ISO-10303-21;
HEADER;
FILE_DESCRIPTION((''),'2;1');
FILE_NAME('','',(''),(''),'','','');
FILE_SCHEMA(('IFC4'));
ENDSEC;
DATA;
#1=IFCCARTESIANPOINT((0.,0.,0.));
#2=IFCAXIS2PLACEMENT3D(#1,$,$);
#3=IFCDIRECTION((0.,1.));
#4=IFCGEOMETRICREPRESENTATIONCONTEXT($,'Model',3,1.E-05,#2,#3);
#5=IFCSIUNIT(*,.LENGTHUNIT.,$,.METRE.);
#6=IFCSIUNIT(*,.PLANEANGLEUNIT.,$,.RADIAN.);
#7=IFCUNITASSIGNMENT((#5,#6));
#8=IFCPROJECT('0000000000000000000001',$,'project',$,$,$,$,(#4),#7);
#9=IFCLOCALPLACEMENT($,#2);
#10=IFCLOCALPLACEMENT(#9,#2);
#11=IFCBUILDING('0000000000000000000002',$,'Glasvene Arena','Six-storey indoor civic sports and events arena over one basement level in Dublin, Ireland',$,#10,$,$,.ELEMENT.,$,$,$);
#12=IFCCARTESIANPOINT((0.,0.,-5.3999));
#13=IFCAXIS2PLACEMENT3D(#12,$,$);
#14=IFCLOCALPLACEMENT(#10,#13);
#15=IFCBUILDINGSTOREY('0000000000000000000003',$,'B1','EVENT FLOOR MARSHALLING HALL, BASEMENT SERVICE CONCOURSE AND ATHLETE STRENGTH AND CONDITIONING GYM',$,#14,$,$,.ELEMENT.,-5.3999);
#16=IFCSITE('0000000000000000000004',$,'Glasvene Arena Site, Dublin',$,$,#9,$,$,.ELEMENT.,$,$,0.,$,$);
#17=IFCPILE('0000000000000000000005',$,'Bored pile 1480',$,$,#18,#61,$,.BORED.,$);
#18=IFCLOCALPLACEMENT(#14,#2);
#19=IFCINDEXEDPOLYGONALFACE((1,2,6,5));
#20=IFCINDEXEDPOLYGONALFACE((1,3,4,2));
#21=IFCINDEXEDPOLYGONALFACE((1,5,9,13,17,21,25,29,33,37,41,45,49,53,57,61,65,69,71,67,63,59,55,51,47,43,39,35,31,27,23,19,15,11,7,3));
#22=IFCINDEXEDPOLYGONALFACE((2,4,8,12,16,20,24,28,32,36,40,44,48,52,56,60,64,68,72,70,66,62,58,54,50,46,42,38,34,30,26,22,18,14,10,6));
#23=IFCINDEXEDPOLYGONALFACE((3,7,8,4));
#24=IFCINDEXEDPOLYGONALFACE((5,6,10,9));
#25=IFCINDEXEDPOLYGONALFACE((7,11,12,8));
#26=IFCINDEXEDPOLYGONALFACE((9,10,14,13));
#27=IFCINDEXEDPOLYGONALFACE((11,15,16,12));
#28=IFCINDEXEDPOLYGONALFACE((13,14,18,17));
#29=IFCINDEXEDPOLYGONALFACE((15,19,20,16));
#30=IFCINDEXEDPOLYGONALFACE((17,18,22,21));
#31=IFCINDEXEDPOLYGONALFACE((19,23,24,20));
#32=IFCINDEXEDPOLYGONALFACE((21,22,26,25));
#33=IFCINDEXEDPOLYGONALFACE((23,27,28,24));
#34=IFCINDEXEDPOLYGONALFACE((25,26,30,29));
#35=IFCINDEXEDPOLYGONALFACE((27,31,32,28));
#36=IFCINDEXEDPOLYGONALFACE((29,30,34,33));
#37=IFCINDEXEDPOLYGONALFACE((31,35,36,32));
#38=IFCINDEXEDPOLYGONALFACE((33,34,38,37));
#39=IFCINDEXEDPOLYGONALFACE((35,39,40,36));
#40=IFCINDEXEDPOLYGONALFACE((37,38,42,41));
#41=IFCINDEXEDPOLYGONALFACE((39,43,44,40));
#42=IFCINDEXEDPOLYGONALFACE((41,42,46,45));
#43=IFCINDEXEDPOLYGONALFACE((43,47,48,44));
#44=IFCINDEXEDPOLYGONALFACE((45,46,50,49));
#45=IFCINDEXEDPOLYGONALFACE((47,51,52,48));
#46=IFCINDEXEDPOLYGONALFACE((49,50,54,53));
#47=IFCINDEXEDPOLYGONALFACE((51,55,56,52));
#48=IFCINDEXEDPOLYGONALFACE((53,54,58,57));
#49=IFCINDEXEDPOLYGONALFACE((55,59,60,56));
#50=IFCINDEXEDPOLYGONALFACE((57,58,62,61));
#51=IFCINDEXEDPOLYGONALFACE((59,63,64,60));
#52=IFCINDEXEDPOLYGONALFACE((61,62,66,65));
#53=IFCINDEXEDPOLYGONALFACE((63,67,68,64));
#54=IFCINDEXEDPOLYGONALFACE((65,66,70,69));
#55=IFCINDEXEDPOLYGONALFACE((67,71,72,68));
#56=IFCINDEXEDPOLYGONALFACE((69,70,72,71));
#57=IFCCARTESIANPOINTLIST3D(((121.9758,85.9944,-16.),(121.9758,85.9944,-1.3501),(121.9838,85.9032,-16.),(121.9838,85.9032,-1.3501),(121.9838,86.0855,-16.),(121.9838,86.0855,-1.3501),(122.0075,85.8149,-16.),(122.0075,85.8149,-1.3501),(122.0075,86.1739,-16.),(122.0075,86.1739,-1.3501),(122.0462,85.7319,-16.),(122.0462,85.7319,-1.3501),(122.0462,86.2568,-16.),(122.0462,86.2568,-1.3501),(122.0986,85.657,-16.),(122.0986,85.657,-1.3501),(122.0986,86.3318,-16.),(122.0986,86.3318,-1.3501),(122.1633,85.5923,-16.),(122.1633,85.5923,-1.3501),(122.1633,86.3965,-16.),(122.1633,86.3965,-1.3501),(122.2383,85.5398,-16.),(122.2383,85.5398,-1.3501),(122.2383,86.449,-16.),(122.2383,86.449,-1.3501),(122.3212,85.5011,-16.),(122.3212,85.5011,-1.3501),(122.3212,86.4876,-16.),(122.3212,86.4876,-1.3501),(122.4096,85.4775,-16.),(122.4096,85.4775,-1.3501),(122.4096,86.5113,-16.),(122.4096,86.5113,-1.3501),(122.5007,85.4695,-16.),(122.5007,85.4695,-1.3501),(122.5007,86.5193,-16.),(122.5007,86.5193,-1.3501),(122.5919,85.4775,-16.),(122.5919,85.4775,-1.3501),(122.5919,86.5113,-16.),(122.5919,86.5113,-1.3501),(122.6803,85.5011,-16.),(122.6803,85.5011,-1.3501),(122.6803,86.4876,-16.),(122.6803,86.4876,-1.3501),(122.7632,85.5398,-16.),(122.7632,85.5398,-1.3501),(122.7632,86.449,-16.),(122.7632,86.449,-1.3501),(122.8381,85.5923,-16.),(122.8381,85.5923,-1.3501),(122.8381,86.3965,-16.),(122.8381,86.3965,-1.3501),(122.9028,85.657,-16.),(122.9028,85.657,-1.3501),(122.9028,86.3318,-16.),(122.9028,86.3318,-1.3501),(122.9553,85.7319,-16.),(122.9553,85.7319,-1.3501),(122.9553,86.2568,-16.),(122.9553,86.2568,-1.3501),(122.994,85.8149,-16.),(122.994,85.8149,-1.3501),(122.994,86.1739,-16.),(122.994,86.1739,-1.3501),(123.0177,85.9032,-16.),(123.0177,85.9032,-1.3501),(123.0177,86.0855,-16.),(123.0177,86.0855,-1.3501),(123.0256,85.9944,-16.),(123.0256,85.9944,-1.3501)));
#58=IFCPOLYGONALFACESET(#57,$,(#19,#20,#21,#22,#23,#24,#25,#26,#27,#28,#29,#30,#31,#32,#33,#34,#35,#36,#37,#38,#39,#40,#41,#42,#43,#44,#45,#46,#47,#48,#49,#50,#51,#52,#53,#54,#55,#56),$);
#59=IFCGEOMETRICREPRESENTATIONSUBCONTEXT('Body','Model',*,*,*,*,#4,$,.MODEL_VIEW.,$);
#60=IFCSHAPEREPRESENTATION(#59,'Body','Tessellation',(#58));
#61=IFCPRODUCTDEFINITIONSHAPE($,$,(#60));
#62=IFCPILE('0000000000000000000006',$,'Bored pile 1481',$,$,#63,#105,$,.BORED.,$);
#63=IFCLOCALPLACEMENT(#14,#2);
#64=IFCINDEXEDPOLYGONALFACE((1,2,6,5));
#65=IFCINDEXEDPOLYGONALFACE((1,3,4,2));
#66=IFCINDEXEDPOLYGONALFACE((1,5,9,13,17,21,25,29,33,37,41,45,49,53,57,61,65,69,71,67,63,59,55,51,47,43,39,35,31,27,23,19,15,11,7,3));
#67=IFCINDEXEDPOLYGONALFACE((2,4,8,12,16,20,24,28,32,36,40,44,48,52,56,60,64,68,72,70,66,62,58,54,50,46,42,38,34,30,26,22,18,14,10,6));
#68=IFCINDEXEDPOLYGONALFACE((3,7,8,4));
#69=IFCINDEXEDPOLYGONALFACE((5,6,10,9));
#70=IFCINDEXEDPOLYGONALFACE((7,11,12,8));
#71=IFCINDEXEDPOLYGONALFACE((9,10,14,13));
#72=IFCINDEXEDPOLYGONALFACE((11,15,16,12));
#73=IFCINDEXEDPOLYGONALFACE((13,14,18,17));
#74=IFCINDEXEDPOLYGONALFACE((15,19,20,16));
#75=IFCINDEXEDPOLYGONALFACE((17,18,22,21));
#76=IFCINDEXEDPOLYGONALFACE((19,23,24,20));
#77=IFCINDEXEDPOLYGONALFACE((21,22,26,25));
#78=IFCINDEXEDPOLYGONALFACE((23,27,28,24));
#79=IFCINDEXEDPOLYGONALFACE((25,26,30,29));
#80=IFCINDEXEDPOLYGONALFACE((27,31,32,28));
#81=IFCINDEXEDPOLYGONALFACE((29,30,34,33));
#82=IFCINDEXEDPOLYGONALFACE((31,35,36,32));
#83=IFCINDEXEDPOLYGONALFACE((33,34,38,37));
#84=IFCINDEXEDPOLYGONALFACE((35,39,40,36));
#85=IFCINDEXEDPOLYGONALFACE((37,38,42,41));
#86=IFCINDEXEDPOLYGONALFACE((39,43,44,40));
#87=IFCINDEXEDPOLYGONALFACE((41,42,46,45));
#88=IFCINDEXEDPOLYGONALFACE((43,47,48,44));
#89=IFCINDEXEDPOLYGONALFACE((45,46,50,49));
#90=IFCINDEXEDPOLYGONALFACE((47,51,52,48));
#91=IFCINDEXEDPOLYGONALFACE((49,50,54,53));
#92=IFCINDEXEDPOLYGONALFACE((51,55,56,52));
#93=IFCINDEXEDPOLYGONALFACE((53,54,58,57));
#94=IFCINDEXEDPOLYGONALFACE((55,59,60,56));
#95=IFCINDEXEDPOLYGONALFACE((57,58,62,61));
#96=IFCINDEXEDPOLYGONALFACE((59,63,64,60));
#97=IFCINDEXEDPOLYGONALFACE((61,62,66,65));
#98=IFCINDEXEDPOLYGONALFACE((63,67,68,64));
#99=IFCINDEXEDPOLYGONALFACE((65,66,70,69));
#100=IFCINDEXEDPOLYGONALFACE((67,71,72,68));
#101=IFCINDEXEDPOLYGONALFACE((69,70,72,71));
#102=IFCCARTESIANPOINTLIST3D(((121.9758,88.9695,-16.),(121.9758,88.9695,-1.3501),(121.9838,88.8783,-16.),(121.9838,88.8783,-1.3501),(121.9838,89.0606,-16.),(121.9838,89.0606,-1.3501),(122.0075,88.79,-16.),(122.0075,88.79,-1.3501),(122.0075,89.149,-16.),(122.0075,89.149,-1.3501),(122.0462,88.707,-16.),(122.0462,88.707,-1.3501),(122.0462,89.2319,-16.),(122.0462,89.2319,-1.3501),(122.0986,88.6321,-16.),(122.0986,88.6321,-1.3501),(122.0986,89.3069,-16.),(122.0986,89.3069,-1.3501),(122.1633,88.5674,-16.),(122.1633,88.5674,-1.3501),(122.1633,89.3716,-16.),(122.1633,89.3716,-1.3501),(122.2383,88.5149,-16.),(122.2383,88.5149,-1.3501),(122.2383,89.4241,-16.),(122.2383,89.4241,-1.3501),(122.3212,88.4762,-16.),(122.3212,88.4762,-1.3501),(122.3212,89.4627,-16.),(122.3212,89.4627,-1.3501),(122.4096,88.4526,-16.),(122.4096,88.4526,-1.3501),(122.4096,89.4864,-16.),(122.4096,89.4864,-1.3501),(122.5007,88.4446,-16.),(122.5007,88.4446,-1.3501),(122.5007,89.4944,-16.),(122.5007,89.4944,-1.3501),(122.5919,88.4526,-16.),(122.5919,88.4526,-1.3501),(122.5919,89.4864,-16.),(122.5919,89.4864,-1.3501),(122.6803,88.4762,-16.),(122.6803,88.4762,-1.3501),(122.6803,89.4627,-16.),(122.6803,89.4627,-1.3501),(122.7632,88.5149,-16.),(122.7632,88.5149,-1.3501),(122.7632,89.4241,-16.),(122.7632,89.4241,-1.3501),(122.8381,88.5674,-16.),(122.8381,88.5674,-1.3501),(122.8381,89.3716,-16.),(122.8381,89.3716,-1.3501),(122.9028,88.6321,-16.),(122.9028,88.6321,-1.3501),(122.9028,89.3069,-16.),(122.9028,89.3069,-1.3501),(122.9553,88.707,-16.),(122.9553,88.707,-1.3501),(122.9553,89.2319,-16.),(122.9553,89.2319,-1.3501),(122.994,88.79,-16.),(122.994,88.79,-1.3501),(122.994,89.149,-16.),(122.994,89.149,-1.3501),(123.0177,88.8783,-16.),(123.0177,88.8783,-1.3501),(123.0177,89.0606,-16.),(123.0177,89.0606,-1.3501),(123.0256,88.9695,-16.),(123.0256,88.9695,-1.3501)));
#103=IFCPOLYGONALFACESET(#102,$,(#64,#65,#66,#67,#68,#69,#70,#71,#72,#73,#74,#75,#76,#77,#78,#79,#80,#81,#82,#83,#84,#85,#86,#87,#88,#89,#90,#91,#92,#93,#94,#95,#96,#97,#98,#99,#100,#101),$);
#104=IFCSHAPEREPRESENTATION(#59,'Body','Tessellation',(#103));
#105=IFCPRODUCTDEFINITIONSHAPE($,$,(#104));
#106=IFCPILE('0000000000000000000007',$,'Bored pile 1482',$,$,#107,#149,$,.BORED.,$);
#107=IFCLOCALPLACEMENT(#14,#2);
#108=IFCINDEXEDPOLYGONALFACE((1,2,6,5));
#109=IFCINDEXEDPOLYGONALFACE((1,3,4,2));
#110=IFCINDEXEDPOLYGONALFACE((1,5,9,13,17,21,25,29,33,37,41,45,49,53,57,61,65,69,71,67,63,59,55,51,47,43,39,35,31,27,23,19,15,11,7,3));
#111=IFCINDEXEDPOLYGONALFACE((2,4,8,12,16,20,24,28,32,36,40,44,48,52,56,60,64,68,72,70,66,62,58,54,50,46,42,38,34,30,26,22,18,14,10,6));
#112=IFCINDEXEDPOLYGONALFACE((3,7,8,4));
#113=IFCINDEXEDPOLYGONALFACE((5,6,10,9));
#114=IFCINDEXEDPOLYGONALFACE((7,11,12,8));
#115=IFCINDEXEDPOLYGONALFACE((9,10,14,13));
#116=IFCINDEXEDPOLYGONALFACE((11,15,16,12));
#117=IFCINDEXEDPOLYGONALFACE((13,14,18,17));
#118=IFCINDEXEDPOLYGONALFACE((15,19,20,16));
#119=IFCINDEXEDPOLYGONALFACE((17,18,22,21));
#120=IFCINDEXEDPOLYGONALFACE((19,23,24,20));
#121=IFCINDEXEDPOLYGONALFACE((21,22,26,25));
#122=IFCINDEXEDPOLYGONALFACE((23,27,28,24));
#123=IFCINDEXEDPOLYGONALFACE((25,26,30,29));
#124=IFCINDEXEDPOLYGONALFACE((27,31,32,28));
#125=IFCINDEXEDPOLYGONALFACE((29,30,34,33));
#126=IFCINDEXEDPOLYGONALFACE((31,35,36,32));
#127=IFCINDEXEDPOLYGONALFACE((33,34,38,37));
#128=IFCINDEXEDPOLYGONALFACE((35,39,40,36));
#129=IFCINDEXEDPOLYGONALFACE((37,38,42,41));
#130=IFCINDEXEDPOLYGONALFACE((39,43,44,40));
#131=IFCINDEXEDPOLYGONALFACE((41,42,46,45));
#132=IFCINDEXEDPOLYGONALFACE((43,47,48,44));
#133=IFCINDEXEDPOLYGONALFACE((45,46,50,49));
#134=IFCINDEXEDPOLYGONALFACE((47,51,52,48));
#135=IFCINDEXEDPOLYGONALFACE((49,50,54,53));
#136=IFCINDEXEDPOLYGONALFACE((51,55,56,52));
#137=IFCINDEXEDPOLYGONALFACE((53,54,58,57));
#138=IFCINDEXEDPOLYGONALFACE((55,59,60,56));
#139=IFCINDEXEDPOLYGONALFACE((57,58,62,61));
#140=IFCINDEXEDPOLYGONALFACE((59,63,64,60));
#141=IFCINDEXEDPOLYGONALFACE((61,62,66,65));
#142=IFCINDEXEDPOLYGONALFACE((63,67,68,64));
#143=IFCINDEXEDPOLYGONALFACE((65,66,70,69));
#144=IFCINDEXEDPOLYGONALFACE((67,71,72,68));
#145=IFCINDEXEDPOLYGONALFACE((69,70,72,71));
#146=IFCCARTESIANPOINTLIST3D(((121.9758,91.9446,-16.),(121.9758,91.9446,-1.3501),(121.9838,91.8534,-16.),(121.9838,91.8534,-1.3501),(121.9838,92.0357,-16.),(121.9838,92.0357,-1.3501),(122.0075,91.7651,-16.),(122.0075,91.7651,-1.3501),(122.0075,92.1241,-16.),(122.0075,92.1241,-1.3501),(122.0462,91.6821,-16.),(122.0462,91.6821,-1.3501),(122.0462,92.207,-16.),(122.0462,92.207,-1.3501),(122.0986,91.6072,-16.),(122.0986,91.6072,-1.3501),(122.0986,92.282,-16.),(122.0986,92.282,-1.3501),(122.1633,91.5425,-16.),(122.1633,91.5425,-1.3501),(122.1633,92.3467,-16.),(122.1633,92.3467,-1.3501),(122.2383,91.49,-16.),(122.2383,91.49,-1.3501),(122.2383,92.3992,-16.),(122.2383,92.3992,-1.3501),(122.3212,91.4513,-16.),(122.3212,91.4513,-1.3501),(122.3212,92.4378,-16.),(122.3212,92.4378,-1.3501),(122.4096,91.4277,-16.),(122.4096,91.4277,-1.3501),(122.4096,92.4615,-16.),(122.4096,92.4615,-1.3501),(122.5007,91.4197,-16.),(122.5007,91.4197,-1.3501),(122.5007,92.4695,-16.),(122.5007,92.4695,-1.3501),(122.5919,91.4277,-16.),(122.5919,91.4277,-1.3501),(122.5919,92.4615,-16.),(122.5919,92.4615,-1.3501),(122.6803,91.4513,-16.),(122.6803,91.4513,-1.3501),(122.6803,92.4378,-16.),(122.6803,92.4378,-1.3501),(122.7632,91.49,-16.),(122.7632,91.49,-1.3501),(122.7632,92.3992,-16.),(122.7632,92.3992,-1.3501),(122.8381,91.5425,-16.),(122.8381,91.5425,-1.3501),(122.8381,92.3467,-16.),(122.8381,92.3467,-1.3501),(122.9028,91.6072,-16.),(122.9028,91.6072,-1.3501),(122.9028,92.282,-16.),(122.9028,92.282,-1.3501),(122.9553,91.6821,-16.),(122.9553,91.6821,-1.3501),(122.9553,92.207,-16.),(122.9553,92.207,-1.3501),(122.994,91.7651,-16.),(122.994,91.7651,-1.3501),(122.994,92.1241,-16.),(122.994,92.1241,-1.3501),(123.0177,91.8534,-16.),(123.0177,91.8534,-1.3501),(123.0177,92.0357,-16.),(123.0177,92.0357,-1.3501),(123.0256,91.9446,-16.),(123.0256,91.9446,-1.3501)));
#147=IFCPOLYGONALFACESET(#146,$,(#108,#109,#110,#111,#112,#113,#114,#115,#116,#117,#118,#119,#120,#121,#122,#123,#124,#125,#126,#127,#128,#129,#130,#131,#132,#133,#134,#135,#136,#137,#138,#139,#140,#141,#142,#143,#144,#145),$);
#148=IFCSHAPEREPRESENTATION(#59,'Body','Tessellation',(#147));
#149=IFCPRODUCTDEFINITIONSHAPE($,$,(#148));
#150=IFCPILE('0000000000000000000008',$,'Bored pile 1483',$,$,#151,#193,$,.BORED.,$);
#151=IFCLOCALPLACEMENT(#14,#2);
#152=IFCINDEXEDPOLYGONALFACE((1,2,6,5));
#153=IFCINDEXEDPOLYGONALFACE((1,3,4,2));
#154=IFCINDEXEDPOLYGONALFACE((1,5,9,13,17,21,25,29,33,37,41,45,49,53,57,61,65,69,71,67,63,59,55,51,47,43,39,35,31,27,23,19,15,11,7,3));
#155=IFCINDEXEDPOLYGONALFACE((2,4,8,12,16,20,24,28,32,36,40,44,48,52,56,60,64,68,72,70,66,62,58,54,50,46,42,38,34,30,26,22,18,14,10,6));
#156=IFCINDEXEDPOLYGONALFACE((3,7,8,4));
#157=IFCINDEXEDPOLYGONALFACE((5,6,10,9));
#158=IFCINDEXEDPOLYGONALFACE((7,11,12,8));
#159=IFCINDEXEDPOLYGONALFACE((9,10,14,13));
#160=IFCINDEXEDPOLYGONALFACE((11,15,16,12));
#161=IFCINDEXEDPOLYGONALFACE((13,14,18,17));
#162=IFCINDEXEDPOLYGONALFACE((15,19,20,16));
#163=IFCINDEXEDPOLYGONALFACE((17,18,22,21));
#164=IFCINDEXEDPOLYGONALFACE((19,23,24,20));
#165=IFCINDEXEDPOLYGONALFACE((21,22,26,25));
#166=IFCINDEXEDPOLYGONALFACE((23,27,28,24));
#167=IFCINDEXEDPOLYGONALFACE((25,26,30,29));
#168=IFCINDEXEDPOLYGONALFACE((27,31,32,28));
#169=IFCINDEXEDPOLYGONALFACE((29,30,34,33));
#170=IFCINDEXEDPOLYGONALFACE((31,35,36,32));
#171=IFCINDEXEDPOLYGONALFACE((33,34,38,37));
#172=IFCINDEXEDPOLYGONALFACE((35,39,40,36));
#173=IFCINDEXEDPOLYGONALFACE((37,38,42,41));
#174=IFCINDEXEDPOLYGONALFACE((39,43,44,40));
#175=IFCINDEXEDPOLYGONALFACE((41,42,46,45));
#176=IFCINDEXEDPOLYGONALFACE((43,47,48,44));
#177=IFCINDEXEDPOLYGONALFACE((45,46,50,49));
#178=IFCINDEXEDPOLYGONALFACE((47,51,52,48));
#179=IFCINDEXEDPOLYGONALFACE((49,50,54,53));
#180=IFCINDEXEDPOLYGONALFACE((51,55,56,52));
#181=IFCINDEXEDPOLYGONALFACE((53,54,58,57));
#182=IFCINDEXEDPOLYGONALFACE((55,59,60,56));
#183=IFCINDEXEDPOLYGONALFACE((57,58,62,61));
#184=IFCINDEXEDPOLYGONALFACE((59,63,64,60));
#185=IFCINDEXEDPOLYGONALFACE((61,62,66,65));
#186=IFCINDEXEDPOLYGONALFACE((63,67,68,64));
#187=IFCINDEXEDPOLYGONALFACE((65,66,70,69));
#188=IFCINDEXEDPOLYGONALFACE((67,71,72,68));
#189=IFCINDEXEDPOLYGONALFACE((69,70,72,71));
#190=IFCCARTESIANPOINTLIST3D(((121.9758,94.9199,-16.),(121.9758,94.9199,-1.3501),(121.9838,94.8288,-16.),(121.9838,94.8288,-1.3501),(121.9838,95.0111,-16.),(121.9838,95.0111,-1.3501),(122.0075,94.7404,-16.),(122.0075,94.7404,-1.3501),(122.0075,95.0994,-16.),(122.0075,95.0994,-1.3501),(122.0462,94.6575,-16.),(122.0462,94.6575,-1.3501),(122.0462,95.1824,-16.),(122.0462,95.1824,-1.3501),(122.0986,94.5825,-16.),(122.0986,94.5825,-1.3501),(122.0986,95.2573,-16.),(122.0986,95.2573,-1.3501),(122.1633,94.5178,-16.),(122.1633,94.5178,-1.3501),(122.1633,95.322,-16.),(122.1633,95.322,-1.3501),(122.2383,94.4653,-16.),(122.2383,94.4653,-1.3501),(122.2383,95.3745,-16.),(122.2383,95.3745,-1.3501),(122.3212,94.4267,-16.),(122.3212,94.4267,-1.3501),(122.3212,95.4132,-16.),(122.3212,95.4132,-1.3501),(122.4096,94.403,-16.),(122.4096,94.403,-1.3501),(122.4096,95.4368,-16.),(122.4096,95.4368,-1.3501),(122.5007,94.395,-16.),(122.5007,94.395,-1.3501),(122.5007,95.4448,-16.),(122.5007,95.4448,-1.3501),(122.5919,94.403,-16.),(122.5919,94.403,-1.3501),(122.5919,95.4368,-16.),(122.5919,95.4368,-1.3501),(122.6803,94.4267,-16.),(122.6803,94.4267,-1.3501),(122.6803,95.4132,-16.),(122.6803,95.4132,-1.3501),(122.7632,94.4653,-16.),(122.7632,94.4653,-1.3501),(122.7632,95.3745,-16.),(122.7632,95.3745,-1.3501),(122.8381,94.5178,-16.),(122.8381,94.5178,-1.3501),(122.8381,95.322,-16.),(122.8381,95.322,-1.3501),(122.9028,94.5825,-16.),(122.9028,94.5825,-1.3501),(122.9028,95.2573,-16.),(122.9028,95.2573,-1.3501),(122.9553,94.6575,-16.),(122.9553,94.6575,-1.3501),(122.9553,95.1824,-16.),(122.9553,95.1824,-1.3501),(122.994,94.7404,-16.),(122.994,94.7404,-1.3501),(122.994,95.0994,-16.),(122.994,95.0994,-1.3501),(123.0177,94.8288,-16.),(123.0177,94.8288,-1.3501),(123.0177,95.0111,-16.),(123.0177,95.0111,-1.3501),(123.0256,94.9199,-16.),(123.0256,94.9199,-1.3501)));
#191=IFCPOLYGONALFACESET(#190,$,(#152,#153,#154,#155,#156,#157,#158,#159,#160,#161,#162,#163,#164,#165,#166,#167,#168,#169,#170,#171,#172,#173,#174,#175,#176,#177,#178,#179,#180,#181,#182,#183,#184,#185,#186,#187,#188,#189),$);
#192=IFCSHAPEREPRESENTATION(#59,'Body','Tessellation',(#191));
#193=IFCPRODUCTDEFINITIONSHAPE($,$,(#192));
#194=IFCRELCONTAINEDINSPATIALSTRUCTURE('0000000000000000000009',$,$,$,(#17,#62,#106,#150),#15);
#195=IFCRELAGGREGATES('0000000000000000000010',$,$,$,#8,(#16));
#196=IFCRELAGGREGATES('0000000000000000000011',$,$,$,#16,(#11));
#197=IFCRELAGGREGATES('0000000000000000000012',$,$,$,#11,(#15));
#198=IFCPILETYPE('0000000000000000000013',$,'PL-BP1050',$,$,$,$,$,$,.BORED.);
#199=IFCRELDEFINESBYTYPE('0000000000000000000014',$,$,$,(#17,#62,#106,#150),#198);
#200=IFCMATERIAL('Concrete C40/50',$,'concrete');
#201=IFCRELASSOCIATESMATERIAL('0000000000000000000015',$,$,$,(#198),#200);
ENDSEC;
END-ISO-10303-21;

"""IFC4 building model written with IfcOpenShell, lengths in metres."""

from ifc_helpers import new_model, si_unit, direction, frame, origin, origin_2d, place, context, subcontext, project, spatial, circle, extrude, material, material_profile, profile_set, type_object, element, save


model = new_model("IFC4")

# Units and contexts
model_context = context("Model", 3, precision=1e-05, world=origin(), true_north=direction((0.0, 1.0)))
body_context = subcontext(model_context, "Body", "Model", "MODEL_VIEW")
ifc_project = project(units=[si_unit("LENGTHUNIT", "METRE"), si_unit("PLANEANGLEUNIT", "RADIAN")], contexts=[model_context])

# Site, building, storey
site_placement = place(None, origin())
site = spatial("IfcSite", under=ifc_project, at=site_placement, Name="Glasvene Arena Site, Dublin", CompositionType="ELEMENT", RefElevation=0.0)
building_placement = place(site_placement, origin())
building = spatial("IfcBuilding", under=site, at=building_placement, Name="Glasvene Arena", Description="Six-storey indoor civic sports and events arena over one basement level in Dublin, Ireland", CompositionType="ELEMENT")
storey_placement = place(building_placement, frame((0.0, 0.0, -5.3999)))
storey = spatial("IfcBuildingStorey", under=building, at=storey_placement, Name="B1", Description="EVENT FLOOR MARSHALLING HALL, BASEMENT SERVICE CONCOURSE AND ATHLETE STRENGTH AND CONDITIONING GYM", CompositionType="ELEMENT", Elevation=-5.3999)

# Piles
ifc_material_1 = material(Name="Concrete C40/50", Category="concrete")
ifc_material_profile_1 = material_profile(ifc_material_1, circle(Radius=0.5249, at=origin_2d()), Name="BORED PILE 1050")
ifc_profile_set_1 = profile_set([ifc_material_profile_1], Name="Concrete C40/50")
pile_type = type_object("IfcPileType", Name="PL-BP1050", PredefinedType="BORED", material=ifc_profile_set_1)
for number, where, z_axis, x_axis, name in (
    (1, (122.5007, 85.9944, -1.3501), (0.0, 0.0, -1.0), (1.0, 0.0, 0.0), "Bored pile 1480"),
    (2, (122.5007, 88.9695, -1.3501), (0.0, 0.0, -1.0), (1.0, 0.0, 0.0), "Bored pile 1481"),
    (3, (122.5007, 91.9446, -1.3501), (0.0, 0.0, -1.0), (1.0, 0.0, 0.0), "Bored pile 1482"),
    (4, (122.5007, 94.9199, -1.3501), (0.0, 0.0, -1.0), (1.0, 0.0, 0.0), "Bored pile 1483"),
):
    element("IfcPile", number, at=place(storey_placement, frame(where, z_axis=z_axis, x_axis=x_axis)), inside=storey, type_object=pile_type, Name=name, PredefinedType="BORED", context=body_context, shape_type="SweptSolid", body=[
        extrude(circle(Radius=0.5249, at=origin_2d()), origin(), (0.0, 0.0, 1.0), 14.6499),
    ])

save(model, "model.ifc")
